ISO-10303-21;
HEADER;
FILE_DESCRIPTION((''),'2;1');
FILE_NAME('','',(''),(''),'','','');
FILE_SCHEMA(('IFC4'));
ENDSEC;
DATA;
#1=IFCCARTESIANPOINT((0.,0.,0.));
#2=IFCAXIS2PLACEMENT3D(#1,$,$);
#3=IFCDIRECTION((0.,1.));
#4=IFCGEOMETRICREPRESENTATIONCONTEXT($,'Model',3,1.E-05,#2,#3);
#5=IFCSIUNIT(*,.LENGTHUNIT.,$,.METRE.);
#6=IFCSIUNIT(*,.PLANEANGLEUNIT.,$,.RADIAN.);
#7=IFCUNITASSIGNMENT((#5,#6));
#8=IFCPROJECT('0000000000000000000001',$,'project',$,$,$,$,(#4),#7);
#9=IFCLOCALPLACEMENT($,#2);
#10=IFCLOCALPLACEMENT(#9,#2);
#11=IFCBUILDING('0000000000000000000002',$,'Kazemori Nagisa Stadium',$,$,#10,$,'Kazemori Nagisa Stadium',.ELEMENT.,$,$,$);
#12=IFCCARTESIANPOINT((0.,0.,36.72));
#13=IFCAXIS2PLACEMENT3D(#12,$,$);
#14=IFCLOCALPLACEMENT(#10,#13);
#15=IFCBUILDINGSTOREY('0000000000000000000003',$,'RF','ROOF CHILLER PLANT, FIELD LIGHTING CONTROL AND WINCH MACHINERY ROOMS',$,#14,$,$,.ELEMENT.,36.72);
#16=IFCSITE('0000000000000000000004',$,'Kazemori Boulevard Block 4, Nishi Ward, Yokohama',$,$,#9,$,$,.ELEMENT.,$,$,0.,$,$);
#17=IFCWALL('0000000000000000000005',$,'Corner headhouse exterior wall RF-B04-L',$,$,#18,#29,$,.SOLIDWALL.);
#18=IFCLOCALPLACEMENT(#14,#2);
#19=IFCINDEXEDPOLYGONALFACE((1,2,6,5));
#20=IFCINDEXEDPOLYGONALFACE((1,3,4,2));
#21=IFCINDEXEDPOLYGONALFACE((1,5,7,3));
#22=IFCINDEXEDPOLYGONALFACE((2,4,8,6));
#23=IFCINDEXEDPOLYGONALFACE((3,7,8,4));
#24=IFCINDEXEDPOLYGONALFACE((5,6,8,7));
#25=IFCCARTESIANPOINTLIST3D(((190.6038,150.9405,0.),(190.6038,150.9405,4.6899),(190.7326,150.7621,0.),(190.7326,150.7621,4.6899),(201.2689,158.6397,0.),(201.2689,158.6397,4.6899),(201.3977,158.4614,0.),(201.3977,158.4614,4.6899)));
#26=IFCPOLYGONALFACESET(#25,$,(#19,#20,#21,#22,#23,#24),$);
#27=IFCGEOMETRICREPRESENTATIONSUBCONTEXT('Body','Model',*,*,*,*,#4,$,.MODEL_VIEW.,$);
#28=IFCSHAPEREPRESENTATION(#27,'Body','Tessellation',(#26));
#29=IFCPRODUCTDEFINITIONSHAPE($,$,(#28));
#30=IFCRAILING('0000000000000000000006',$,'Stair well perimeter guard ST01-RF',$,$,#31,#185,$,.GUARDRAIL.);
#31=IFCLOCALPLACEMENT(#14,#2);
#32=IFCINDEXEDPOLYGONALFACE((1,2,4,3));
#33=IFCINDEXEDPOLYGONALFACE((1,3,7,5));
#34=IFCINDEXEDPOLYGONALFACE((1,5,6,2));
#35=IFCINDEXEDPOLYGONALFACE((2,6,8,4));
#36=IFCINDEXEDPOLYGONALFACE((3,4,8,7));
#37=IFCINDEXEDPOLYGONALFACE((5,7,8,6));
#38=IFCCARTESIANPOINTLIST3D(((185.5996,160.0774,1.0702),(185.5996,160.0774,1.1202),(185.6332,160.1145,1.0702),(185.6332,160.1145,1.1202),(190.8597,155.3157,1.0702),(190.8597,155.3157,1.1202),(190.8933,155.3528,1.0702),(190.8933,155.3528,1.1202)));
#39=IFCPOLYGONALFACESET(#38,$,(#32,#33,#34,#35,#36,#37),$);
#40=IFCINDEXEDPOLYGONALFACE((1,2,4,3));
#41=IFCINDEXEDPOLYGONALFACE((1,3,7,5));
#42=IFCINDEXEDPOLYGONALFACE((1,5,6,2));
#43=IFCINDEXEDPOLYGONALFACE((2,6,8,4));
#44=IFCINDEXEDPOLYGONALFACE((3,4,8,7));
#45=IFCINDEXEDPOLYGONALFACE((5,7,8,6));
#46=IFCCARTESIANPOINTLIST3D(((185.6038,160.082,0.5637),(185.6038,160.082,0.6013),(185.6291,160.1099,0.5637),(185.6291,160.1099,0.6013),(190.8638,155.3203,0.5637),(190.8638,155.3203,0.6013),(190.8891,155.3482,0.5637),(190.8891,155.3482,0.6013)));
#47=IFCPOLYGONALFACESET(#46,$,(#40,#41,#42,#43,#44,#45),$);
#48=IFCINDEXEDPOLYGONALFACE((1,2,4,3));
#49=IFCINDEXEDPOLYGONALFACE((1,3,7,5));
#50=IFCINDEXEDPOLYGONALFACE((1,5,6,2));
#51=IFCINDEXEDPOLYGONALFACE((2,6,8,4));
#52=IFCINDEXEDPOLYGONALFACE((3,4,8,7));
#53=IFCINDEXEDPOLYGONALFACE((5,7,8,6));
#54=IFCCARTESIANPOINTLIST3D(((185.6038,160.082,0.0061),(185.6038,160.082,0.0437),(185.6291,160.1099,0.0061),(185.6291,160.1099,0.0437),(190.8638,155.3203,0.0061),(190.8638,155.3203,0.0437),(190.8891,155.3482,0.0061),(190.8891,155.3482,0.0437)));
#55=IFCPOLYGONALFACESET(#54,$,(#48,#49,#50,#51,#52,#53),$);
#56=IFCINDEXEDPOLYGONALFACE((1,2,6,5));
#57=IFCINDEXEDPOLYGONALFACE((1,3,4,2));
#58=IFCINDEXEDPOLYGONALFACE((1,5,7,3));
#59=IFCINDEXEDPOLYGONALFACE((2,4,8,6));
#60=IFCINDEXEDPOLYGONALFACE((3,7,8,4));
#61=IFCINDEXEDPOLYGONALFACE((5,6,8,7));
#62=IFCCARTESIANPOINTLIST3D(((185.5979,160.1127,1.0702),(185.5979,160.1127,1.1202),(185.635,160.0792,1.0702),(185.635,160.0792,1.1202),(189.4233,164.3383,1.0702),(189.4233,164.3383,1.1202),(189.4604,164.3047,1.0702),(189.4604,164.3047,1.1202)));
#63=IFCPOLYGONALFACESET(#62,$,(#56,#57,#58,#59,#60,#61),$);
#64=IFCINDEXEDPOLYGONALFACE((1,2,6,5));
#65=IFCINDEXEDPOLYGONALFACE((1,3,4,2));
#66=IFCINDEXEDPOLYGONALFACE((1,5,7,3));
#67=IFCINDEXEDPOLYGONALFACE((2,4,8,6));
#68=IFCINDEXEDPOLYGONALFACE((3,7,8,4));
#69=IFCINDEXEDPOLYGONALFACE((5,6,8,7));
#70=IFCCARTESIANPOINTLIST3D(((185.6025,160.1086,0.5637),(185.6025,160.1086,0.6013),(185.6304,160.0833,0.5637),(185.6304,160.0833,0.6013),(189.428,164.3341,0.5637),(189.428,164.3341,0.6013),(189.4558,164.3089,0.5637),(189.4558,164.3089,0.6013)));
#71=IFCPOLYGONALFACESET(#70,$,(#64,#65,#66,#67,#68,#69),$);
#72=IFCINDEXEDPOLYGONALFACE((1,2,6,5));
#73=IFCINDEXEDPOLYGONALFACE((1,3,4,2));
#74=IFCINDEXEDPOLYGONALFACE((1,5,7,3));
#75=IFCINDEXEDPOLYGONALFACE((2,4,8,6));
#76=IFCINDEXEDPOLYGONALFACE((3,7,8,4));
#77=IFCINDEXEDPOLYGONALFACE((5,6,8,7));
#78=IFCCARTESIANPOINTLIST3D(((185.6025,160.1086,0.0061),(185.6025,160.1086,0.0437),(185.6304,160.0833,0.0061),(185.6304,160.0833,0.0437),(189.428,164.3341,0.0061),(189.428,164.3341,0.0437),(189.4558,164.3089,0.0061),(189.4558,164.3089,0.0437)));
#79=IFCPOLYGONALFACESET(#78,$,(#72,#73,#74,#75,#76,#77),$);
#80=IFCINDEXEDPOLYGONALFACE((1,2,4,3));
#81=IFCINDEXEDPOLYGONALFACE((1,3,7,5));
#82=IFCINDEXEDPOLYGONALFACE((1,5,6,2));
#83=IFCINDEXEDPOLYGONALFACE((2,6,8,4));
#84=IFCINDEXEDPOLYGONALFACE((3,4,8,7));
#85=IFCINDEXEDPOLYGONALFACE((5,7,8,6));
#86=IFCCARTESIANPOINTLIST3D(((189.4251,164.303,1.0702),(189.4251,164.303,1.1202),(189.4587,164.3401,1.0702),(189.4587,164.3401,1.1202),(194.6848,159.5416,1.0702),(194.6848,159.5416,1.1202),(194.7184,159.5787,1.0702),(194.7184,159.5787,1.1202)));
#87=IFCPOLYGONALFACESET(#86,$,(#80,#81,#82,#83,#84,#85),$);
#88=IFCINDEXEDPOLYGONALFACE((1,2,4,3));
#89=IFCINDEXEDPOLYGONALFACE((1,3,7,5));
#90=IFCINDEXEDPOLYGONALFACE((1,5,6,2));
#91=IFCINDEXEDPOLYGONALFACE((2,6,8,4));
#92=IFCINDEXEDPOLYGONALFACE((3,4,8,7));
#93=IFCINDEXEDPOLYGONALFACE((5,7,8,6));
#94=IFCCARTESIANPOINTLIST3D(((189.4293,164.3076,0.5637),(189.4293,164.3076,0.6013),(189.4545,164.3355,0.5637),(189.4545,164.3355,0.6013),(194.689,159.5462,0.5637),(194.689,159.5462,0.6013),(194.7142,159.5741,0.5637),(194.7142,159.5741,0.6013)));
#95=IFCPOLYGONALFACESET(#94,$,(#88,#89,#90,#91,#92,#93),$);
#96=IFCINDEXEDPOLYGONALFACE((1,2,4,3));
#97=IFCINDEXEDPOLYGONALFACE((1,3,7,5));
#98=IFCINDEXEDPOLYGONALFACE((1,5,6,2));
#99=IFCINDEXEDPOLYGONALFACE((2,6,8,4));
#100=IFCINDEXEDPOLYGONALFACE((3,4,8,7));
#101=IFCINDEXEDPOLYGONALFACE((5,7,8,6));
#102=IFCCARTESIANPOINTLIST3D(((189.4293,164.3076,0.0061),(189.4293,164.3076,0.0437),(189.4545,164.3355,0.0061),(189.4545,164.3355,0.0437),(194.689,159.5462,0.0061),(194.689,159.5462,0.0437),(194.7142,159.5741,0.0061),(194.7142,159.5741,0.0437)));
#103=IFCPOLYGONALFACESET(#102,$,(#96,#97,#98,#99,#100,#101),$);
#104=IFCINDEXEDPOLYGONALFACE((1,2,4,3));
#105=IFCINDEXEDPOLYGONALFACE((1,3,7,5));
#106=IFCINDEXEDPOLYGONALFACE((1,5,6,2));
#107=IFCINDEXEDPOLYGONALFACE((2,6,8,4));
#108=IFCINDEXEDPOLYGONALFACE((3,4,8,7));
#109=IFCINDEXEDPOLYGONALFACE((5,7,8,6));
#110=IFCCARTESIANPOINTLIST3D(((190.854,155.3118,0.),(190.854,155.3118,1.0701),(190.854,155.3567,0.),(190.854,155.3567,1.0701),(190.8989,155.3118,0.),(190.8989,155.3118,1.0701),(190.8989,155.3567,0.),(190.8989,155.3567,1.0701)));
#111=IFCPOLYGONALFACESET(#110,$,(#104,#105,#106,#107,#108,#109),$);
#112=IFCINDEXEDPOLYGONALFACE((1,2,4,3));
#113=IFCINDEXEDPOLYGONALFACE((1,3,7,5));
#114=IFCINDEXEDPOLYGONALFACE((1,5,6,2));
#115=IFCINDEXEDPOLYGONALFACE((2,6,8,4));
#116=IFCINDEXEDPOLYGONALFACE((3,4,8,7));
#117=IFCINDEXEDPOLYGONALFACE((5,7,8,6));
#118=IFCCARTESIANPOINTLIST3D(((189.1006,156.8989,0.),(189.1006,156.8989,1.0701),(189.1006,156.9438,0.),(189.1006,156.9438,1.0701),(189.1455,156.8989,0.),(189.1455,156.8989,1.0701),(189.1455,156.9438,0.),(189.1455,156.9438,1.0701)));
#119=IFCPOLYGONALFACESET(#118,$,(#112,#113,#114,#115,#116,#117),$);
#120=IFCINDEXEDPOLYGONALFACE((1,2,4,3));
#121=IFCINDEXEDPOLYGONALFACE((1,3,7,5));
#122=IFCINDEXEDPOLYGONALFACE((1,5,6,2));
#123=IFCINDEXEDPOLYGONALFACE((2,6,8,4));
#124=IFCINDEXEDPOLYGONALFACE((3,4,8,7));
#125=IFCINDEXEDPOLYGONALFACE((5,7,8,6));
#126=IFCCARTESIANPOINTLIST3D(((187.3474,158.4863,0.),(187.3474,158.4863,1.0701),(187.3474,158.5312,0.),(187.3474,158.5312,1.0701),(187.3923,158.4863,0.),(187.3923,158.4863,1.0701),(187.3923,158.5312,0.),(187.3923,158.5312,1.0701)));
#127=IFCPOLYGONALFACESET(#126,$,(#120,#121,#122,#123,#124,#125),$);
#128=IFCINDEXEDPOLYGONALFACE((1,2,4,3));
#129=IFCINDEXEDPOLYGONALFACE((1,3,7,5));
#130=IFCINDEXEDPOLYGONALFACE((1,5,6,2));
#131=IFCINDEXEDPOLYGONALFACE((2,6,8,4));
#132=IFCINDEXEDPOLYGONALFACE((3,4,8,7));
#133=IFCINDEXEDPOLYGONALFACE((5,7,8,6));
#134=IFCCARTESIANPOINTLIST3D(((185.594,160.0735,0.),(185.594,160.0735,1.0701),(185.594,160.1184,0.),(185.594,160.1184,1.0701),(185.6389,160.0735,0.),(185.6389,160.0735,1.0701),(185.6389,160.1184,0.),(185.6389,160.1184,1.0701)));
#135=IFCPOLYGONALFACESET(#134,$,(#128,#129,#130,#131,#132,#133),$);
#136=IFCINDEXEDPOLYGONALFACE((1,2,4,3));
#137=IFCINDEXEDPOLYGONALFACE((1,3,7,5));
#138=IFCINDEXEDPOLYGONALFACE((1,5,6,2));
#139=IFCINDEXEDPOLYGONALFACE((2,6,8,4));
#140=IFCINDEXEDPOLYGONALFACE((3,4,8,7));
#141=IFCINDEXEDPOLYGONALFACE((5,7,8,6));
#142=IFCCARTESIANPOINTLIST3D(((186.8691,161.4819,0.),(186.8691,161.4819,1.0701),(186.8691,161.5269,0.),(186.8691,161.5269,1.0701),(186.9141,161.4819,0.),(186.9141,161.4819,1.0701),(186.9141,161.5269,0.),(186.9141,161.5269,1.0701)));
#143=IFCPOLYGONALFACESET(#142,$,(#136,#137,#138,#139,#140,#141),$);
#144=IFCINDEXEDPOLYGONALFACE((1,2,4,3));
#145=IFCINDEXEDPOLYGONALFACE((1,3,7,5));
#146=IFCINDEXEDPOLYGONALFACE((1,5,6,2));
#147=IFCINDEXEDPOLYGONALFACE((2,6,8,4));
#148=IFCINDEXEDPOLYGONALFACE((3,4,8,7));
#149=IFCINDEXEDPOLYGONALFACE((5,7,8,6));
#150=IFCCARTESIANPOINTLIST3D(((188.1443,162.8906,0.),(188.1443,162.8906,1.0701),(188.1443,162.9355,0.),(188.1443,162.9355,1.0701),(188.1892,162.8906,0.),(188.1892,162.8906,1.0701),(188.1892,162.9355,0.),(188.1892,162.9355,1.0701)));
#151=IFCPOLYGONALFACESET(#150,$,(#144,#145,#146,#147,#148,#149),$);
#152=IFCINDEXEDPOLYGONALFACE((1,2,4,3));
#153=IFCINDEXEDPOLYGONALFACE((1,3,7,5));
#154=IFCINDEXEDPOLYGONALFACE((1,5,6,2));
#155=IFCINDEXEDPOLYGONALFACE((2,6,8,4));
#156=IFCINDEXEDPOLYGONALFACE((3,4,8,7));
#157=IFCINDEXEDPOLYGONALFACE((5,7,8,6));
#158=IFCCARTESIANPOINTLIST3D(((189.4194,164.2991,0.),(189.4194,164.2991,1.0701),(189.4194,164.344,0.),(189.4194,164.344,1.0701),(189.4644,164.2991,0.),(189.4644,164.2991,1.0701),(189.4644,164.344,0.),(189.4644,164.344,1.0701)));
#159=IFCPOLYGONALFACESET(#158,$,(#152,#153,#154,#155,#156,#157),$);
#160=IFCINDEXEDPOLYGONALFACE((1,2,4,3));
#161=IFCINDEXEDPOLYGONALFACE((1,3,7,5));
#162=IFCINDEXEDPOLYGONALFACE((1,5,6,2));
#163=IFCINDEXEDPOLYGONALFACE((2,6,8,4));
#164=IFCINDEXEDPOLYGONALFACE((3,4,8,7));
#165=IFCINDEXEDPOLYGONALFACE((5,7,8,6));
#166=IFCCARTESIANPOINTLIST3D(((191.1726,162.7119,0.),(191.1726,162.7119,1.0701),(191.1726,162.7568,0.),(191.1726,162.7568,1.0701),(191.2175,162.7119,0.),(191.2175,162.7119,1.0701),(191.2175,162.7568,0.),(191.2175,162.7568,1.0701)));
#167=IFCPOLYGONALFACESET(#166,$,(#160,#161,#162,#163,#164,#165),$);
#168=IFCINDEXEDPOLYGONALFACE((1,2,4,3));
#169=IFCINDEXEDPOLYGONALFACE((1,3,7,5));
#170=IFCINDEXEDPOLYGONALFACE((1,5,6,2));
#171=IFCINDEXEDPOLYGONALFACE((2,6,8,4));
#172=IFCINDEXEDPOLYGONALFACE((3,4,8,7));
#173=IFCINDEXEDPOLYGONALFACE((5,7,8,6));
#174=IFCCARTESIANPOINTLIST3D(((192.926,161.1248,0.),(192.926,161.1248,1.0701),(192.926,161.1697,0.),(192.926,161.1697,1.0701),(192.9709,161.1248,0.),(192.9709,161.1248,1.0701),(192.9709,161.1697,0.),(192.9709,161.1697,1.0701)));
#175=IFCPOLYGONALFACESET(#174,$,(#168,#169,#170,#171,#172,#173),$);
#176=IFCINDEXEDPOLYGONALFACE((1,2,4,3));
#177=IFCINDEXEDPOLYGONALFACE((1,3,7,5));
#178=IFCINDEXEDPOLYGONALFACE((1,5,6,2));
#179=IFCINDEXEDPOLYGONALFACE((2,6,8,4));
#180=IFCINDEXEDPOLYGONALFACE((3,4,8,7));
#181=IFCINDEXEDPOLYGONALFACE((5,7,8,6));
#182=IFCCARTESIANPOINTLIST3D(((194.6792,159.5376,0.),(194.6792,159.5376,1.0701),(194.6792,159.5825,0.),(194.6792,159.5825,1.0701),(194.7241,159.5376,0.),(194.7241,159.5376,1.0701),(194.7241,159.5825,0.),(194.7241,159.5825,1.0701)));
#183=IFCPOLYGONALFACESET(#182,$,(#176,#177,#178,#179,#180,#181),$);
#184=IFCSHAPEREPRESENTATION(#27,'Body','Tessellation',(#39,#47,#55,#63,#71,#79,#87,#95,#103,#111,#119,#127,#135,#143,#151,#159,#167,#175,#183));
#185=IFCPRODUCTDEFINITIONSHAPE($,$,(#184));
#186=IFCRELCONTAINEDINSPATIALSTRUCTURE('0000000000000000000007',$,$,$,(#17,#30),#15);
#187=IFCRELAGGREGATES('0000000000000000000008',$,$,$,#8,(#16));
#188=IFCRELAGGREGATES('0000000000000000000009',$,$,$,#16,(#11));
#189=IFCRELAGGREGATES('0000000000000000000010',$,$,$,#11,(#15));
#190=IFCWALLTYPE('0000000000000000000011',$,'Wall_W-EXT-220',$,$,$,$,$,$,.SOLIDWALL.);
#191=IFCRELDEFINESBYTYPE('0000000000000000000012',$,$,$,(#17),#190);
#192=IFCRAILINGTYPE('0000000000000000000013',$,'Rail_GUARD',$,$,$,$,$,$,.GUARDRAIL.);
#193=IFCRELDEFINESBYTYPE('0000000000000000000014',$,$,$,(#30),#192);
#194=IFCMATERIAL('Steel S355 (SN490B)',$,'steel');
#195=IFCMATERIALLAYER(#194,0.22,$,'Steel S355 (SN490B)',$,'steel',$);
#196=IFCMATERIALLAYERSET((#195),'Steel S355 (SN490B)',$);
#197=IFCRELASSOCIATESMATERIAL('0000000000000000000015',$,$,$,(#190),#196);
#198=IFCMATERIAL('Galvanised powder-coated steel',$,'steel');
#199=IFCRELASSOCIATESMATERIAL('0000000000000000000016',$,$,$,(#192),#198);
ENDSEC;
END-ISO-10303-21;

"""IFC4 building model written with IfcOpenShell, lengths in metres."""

from ifc_helpers import new_model, si_unit, direction, frame, frame_2d, origin, origin_2d, place, context, subcontext, project, spatial, rectangle, extrude, material, layer, layer_set, type_object, element, save


model = new_model("IFC4")

# Units and contexts
model_context = context("Model", 3, precision=1e-05, world=origin(), true_north=direction((0.0, 1.0)))
body_context = subcontext(model_context, "Body", "Model", "MODEL_VIEW")
ifc_project = project(units=[si_unit("LENGTHUNIT", "METRE"), si_unit("PLANEANGLEUNIT", "RADIAN")], contexts=[model_context])

# Site, building, storey
site_placement = place(None, origin())
site = spatial("IfcSite", under=ifc_project, at=site_placement, Name="Kazemori Boulevard Block 4, Nishi Ward, Yokohama", CompositionType="ELEMENT", RefElevation=0.0)
building_placement = place(site_placement, origin())
building = spatial("IfcBuilding", under=site, at=building_placement, Name="Kazemori Nagisa Stadium", LongName="Kazemori Nagisa Stadium", CompositionType="ELEMENT")
storey_placement = place(building_placement, frame((0.0, 0.0, 36.72)))
storey = spatial("IfcBuildingStorey", under=building, at=storey_placement, Name="RF", Description="ROOF CHILLER PLANT, FIELD LIGHTING CONTROL AND WINCH MACHINERY ROOMS", CompositionType="ELEMENT", Elevation=36.72)

# Shared definitions
ifc_material_1 = material(Name="Steel S355 (SN490B)", Category="steel")
ifc_layer_1 = layer(ifc_material_1, 0.22, Name="Steel S355 (SN490B)", Category="steel")
ifc_layer_set_1 = layer_set([ifc_layer_1], Name="Steel S355 (SN490B)")
wall_type_1 = type_object("IfcWallType", Name="Wall_W-EXT-220", PredefinedType="SOLIDWALL", material=ifc_layer_set_1)

# Wall
wall_1_placement = place(storey_placement, frame((190.6682, 150.8513, 0.0), z_axis=(0.0, 0.0, 1.0), x_axis=(0.810799, 0.585325, 0.0)))
element("IfcWall", 1, at=wall_1_placement, inside=storey, type_object=wall_type_1, Name="Corner headhouse exterior wall RF-B04-L", PredefinedType="SOLIDWALL", context=body_context, shape_type="SweptSolid", body=[
    extrude(rectangle(XDim=13.1538, YDim=0.22, at=frame_2d((6.5769, 0.0))), origin(), (0.0, 0.0, 1.0), 4.6899),
])

# Railing
ifc_material_2 = material(Name="Galvanised powder-coated steel", Category="steel")
railing_type_1 = type_object("IfcRailingType", Name="Rail_GUARD", PredefinedType="GUARDRAIL", material=ifc_material_2)
railing_1_placement = place(storey_placement, frame((190.8765, 155.3342, 0.0)))
element("IfcRailing", 2, at=railing_1_placement, inside=storey, type_object=railing_type_1, Name="Stair well perimeter guard ST01-RF", PredefinedType="GUARDRAIL", context=body_context, shape_type="SweptSolid", body=[
    extrude(rectangle(XDim=0.05, YDim=0.05, at=origin_2d()), frame((0.0, 0.0, 1.0952), z_axis=(-0.741349, 0.67112, 0.0), x_axis=(-0.67112, -0.741349, 0.0)), (0.0, 0.0, 1.0), 7.0952),
    extrude(rectangle(XDim=0.0376, YDim=0.0376, at=origin_2d()), frame((0.0, 0.0, 0.5825), z_axis=(-0.741349, 0.67112, 0.0), x_axis=(-0.67112, -0.741349, 0.0)), (0.0, 0.0, 1.0), 7.0952),
    extrude(rectangle(XDim=0.0376, YDim=0.0376, at=origin_2d()), frame((0.0, 0.0, 0.0249), z_axis=(-0.741349, 0.67112, 0.0), x_axis=(-0.67112, -0.741349, 0.0)), (0.0, 0.0, 1.0), 7.0952),
    extrude(rectangle(XDim=0.05, YDim=0.05, at=origin_2d()), frame((-5.26, 4.7617, 1.0952), z_axis=(0.671134, 0.741336, 0.0), x_axis=(-0.741336, 0.671134, 0.0)), (0.0, 0.0, 1.0), 5.7),
    extrude(rectangle(XDim=0.0376, YDim=0.0376, at=origin_2d()), frame((-5.26, 4.7617, 0.5825), z_axis=(0.671134, 0.741336, 0.0), x_axis=(-0.741336, 0.671134, 0.0)), (0.0, 0.0, 1.0), 5.7),
    extrude(rectangle(XDim=0.0376, YDim=0.0376, at=origin_2d()), frame((-5.26, 4.7617, 0.0249), z_axis=(0.671134, 0.741336, 0.0), x_axis=(-0.741336, 0.671134, 0.0)), (0.0, 0.0, 1.0), 5.7),
    extrude(rectangle(XDim=0.05, YDim=0.05, at=origin_2d()), frame((-1.4346, 8.9873, 1.0952), z_axis=(0.741351, -0.671118, 0.0), x_axis=(0.671118, 0.741351, 0.0)), (0.0, 0.0, 1.0), 7.0947),
    extrude(rectangle(XDim=0.0376, YDim=0.0376, at=origin_2d()), frame((-1.4346, 8.9873, 0.5825), z_axis=(0.741351, -0.671118, 0.0), x_axis=(0.671118, 0.741351, 0.0)), (0.0, 0.0, 1.0), 7.0947),
    extrude(rectangle(XDim=0.0376, YDim=0.0376, at=origin_2d()), frame((-1.4346, 8.9873, 0.0249), z_axis=(0.741351, -0.671118, 0.0), x_axis=(0.671118, 0.741351, 0.0)), (0.0, 0.0, 1.0), 7.0947),
    extrude(rectangle(XDim=0.0449, YDim=0.0449, at=origin_2d()), origin(), (0.0, 0.0, 1.0), 1.0701),
    extrude(rectangle(XDim=0.0449, YDim=0.0449, at=origin_2d()), frame((-1.7534, 1.5872, 0.0)), (0.0, 0.0, 1.0), 1.0701),
    extrude(rectangle(XDim=0.0449, YDim=0.0449, at=origin_2d()), frame((-3.5066, 3.1746, 0.0)), (0.0, 0.0, 1.0), 1.0701),
    extrude(rectangle(XDim=0.0449, YDim=0.0449, at=origin_2d()), frame((-5.26, 4.7617, 0.0)), (0.0, 0.0, 1.0), 1.0701),
    extrude(rectangle(XDim=0.0449, YDim=0.0449, at=origin_2d()), frame((-3.9849, 6.1702, 0.0)), (0.0, 0.0, 1.0), 1.0701),
    extrude(rectangle(XDim=0.0449, YDim=0.0449, at=origin_2d()), frame((-2.7097, 7.5789, 0.0)), (0.0, 0.0, 1.0), 1.0701),
    extrude(rectangle(XDim=0.0449, YDim=0.0449, at=origin_2d()), frame((-1.4346, 8.9873, 0.0)), (0.0, 0.0, 1.0), 1.0701),
    extrude(rectangle(XDim=0.0449, YDim=0.0449, at=origin_2d()), frame((0.3186, 7.4001, 0.0)), (0.0, 0.0, 1.0), 1.0701),
    extrude(rectangle(XDim=0.0449, YDim=0.0449, at=origin_2d()), frame((2.072, 5.813, 0.0)), (0.0, 0.0, 1.0), 1.0701),
    extrude(rectangle(XDim=0.0449, YDim=0.0449, at=origin_2d()), frame((3.8252, 4.2258, 0.0)), (0.0, 0.0, 1.0), 1.0701),
])

save(model, "model.ifc")
